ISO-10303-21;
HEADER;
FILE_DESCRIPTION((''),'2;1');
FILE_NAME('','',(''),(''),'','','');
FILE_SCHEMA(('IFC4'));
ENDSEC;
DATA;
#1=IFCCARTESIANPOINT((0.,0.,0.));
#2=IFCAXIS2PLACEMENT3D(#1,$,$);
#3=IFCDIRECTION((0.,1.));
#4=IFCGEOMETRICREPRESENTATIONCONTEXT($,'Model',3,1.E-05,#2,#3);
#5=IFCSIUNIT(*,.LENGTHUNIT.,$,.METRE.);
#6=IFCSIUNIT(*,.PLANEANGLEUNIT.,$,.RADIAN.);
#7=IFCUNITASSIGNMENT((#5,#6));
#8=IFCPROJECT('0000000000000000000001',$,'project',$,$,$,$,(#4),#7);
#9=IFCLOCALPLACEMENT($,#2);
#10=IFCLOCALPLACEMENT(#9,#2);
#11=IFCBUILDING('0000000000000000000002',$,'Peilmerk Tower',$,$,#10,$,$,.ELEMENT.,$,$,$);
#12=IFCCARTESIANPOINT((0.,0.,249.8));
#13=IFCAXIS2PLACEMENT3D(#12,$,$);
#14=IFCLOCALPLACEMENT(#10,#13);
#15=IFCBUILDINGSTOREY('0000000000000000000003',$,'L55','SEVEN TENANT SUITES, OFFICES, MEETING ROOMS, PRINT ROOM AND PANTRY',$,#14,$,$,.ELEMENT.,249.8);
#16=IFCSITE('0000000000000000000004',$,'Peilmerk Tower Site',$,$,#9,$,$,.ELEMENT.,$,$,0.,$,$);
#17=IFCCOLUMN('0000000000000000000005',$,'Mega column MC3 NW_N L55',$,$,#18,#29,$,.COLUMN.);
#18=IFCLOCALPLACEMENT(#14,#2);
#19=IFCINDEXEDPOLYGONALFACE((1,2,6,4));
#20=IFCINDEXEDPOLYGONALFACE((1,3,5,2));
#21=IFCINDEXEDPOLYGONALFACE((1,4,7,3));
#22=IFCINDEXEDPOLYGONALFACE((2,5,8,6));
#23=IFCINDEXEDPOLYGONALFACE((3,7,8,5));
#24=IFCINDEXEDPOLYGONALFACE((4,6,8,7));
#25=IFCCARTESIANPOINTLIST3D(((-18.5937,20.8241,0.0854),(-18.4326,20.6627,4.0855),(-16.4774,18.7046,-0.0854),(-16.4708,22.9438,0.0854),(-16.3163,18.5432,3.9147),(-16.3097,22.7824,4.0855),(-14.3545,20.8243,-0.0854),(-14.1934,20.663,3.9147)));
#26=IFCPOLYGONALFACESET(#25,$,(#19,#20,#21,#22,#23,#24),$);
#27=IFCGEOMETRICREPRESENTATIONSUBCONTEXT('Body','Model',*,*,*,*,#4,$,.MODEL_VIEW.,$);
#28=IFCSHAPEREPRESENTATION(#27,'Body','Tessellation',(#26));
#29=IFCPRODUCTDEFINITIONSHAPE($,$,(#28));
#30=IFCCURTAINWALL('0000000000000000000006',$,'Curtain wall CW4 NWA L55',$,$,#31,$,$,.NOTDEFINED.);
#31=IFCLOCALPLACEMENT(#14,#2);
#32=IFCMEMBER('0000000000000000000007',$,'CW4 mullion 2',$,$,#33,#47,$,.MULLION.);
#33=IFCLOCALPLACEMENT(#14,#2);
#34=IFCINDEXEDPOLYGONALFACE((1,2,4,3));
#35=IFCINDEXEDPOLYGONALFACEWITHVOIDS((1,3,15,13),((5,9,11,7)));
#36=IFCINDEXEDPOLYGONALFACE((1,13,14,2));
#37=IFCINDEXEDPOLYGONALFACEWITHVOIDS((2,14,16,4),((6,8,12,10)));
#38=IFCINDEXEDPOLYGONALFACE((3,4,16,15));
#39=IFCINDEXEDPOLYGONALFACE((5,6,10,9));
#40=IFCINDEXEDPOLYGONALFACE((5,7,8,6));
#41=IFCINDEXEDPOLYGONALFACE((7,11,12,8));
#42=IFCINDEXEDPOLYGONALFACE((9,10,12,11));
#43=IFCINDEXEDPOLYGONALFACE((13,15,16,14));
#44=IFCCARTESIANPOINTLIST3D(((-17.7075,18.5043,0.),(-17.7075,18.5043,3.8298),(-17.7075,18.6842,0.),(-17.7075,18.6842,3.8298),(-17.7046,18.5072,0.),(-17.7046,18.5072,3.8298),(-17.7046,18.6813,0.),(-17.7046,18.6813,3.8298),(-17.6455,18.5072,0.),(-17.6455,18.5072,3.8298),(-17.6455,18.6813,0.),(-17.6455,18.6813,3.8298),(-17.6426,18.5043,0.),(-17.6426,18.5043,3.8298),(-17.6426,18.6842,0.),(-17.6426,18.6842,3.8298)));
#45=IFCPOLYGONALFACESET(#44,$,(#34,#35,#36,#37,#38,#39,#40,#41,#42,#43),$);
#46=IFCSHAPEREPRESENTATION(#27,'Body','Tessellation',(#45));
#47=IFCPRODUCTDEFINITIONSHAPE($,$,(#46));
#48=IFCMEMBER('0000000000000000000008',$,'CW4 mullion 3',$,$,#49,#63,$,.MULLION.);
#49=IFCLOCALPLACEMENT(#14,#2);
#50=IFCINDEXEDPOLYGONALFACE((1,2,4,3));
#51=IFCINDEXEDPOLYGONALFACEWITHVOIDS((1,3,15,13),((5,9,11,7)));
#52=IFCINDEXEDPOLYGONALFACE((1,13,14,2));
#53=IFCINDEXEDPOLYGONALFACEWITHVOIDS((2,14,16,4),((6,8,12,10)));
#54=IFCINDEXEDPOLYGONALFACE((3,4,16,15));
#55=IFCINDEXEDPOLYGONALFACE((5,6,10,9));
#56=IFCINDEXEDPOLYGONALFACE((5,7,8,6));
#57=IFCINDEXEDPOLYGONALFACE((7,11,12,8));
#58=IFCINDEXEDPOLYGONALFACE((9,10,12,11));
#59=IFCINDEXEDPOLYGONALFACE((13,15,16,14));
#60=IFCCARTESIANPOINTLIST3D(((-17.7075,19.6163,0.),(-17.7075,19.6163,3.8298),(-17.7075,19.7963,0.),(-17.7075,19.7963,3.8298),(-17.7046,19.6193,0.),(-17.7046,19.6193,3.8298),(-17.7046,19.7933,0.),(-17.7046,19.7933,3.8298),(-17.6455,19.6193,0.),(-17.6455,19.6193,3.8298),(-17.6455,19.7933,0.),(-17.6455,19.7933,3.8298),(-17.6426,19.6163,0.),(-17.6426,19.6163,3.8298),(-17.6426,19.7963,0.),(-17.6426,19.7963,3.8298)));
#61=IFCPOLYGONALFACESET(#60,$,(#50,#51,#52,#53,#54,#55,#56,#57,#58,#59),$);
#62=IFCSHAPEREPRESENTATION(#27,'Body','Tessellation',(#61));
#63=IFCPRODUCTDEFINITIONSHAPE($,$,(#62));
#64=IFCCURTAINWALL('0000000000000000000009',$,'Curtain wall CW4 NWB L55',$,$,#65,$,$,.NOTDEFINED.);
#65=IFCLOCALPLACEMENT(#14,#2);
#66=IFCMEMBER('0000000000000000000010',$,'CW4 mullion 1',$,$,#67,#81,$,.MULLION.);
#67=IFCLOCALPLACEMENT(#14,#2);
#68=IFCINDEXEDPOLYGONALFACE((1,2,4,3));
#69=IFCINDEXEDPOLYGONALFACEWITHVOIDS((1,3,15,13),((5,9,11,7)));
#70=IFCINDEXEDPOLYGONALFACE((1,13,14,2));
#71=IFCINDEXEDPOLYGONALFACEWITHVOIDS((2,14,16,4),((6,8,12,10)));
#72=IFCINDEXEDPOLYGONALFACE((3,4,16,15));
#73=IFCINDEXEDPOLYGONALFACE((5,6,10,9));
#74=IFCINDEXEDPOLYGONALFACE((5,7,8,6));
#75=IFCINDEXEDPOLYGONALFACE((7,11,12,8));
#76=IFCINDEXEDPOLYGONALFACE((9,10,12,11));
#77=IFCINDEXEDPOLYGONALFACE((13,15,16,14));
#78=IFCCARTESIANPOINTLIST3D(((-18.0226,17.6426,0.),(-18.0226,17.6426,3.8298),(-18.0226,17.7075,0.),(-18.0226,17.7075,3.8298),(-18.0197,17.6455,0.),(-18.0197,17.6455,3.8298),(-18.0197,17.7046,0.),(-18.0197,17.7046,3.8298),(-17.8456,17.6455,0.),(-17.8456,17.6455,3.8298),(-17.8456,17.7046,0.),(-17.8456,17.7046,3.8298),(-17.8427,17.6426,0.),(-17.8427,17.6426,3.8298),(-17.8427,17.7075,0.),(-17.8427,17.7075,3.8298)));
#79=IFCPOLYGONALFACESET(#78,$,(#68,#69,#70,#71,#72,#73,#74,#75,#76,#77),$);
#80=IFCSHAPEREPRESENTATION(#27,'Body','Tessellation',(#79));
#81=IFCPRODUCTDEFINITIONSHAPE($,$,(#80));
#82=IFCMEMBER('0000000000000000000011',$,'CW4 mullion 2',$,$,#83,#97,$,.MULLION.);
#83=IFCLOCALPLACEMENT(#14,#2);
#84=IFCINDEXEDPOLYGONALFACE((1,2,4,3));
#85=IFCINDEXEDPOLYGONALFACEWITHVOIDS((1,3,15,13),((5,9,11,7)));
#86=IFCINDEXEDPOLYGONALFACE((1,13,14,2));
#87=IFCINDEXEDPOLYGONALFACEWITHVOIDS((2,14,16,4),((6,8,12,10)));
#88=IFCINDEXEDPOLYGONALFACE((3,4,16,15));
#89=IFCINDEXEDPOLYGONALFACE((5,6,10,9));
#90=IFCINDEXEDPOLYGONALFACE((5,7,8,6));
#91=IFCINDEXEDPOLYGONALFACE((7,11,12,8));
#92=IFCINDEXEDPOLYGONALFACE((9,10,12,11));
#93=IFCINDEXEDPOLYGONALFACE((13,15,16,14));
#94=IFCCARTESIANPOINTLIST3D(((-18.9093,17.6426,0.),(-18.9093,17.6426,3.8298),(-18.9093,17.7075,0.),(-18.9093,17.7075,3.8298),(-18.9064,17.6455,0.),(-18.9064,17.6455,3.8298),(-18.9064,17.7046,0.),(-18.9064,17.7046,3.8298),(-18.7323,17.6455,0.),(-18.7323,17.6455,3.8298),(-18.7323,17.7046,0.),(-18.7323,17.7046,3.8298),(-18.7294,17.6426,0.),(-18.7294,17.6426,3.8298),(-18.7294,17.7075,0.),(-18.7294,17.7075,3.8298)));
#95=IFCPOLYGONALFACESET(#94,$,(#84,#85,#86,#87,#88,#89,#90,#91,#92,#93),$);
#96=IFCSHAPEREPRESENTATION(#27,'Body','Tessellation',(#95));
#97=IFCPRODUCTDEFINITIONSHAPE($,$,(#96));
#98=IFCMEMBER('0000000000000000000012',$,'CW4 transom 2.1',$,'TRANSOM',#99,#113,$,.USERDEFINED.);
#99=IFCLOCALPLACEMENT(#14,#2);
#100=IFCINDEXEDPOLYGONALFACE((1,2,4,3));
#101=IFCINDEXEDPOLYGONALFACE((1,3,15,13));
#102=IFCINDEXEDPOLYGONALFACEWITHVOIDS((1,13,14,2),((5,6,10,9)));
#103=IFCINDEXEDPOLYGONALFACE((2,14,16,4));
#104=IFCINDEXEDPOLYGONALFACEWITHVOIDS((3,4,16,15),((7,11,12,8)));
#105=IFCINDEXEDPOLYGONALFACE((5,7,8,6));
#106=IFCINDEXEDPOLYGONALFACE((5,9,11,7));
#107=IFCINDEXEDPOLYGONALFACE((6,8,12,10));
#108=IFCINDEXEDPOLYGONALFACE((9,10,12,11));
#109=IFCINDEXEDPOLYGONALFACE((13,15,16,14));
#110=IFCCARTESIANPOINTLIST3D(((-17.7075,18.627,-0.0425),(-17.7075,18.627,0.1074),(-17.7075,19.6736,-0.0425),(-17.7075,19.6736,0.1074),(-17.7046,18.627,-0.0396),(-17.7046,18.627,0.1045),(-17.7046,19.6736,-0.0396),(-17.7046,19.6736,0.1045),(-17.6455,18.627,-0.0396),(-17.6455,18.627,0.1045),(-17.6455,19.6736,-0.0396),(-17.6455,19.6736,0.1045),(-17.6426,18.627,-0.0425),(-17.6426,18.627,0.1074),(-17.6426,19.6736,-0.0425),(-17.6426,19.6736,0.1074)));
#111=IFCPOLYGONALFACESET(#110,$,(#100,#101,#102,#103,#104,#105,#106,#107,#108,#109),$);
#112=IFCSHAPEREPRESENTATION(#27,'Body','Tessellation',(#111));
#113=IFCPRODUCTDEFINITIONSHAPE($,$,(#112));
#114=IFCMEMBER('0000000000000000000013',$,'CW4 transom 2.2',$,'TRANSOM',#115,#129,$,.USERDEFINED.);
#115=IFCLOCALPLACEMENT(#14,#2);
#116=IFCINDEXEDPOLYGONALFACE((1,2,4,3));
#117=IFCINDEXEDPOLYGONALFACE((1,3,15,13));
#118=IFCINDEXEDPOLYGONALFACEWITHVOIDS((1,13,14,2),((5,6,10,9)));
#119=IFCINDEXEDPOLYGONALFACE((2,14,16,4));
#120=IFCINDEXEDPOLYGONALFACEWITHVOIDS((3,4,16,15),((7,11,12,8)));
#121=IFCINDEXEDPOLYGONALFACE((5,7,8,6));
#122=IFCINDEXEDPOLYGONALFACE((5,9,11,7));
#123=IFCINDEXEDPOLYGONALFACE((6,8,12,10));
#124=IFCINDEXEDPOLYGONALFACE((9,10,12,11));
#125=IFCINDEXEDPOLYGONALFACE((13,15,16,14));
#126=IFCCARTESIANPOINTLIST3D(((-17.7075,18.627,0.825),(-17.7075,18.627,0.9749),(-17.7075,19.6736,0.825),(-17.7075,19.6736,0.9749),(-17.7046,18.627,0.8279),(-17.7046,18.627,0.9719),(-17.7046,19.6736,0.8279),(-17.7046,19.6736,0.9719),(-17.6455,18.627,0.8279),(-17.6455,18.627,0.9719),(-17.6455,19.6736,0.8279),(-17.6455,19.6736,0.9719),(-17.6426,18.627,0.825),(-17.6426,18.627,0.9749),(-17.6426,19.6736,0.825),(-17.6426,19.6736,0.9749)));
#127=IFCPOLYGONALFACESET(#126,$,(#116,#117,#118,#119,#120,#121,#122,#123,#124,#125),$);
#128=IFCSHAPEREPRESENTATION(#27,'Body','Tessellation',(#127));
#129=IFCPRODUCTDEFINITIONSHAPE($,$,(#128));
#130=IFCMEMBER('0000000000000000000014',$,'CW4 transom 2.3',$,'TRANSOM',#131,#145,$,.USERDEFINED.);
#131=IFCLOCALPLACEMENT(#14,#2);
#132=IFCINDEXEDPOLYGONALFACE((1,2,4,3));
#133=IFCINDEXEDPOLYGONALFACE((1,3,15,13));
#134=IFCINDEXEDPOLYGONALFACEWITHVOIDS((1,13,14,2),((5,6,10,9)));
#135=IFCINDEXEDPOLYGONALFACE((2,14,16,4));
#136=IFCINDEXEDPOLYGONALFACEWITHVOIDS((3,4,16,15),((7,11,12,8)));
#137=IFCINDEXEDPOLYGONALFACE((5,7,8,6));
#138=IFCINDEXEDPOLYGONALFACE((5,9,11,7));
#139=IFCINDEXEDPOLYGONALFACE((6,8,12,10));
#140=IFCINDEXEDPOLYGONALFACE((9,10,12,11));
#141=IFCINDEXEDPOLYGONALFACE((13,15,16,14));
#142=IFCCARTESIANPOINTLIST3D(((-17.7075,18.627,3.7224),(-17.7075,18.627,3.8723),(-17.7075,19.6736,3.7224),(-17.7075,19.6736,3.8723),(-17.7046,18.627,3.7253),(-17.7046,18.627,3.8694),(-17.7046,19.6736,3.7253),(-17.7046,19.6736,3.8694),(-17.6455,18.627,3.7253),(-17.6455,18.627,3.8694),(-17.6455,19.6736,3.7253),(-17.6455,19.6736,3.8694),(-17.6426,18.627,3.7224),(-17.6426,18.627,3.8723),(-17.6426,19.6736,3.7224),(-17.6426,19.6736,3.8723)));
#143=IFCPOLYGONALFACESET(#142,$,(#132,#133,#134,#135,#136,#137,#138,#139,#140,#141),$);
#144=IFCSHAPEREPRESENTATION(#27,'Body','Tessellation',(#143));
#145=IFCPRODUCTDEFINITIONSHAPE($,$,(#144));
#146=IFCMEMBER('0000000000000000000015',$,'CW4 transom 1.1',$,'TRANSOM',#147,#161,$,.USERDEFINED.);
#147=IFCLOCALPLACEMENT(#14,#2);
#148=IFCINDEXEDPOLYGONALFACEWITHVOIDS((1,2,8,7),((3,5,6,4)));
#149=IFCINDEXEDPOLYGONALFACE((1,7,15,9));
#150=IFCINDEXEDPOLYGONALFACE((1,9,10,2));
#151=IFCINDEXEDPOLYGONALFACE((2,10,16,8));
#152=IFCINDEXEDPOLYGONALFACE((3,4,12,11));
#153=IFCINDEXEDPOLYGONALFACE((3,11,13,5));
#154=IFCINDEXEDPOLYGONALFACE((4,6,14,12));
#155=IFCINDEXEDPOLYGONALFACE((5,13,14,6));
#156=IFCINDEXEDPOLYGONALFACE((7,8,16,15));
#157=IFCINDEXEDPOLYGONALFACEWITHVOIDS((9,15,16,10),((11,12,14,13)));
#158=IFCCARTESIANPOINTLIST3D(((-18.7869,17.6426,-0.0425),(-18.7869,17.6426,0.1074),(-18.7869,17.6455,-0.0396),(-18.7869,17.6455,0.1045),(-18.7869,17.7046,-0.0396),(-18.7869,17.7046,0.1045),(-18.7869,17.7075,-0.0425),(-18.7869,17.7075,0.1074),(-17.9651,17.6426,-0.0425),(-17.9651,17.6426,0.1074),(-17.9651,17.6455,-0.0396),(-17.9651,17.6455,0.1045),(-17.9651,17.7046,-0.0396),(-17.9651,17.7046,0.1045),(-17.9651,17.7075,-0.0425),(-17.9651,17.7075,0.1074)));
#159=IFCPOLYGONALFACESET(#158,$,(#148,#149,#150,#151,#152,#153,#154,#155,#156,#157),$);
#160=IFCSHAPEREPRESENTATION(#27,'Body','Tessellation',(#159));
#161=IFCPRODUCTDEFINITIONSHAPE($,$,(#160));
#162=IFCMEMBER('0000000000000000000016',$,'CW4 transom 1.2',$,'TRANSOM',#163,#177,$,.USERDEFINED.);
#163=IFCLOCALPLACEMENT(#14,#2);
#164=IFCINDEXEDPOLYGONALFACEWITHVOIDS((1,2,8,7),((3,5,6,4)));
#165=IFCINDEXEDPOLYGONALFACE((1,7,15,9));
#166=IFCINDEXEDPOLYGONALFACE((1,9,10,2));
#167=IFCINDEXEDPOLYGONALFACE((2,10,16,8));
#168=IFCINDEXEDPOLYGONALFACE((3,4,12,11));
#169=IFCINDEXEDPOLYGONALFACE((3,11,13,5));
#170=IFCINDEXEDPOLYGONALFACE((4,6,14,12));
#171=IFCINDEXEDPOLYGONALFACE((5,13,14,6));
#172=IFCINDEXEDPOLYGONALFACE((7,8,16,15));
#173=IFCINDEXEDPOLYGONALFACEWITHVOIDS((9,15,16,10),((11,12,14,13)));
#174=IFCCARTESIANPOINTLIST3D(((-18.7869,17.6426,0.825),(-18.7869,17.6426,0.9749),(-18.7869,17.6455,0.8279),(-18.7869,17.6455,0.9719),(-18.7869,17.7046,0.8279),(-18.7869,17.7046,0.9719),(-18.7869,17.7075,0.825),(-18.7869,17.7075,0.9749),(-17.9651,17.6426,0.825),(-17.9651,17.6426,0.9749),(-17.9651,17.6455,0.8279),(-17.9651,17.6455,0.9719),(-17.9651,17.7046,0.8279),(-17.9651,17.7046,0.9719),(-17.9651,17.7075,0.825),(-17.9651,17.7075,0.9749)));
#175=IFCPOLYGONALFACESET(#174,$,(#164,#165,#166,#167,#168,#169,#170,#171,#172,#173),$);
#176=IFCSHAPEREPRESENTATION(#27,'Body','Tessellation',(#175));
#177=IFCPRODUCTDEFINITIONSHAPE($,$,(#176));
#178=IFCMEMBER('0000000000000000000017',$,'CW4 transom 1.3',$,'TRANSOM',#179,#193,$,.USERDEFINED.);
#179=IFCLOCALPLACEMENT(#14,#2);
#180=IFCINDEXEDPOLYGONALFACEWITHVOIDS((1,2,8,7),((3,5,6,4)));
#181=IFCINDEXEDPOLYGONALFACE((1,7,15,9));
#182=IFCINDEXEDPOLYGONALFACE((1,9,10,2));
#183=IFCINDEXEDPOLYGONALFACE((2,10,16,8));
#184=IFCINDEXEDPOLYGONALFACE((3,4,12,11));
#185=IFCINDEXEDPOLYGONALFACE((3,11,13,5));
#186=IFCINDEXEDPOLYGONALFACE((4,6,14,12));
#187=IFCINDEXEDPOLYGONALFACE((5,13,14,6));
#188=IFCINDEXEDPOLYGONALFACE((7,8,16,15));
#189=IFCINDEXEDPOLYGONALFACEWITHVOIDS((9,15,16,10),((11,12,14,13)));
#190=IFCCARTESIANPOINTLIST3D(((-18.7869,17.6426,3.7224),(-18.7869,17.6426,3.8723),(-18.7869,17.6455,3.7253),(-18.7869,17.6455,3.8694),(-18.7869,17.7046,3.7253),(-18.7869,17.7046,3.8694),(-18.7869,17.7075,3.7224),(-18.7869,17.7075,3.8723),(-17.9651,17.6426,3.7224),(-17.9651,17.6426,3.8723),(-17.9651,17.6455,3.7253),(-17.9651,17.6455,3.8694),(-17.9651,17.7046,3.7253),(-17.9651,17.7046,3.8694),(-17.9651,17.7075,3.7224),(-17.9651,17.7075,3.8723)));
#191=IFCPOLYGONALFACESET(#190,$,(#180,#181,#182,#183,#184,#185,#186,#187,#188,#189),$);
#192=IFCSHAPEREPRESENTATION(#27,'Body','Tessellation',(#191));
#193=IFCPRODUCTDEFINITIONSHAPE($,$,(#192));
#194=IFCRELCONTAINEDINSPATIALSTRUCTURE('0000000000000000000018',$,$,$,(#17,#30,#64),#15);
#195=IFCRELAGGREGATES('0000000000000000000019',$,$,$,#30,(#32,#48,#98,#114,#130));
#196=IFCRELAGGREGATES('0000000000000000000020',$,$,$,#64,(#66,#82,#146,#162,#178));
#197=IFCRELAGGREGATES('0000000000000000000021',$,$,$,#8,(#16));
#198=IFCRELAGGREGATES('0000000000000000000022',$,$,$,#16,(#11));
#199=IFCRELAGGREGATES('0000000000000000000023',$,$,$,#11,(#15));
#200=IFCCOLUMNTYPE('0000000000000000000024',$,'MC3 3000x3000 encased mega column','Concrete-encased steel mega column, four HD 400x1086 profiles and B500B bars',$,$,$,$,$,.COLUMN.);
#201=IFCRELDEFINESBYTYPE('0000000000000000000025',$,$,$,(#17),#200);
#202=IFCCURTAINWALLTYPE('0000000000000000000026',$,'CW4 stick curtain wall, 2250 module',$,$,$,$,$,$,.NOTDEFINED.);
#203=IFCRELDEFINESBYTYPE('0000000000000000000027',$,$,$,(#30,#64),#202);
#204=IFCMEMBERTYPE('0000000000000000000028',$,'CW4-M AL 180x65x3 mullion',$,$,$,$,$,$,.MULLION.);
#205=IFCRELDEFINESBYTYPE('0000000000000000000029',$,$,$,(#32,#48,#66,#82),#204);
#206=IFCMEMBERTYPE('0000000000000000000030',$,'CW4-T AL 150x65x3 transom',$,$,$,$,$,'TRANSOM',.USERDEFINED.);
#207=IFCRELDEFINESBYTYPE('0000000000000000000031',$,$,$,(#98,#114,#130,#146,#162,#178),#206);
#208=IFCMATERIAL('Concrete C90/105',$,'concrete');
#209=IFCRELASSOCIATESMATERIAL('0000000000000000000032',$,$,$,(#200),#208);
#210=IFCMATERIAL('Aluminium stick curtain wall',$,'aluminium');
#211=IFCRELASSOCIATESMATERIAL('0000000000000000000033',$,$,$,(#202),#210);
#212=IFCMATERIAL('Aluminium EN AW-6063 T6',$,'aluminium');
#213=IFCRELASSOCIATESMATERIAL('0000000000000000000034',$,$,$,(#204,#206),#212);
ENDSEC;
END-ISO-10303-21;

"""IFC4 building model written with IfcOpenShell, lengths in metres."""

from ifc_helpers import new_model, si_unit, direction, frame, origin, origin_2d, place, context, subcontext, project, spatial, rectangle, hollow_rectangle, extrude, material, material_profile, profile_set, type_object, element, aggregate, save


model = new_model("IFC4")

# Units and contexts
model_context = context("Model", 3, precision=1e-05, world=origin(), true_north=direction((0.0, 1.0)))
body_context = subcontext(model_context, "Body", "Model", "MODEL_VIEW")
ifc_project = project(units=[si_unit("LENGTHUNIT", "METRE"), si_unit("PLANEANGLEUNIT", "RADIAN")], contexts=[model_context])

# Site, building, storey
site_placement = place(None, origin())
site = spatial("IfcSite", under=ifc_project, at=site_placement, Name="Peilmerk Tower Site", CompositionType="ELEMENT", RefElevation=0.0)
building_placement = place(site_placement, origin())
building = spatial("IfcBuilding", under=site, at=building_placement, Name="Peilmerk Tower", CompositionType="ELEMENT")
storey_placement = place(building_placement, frame((0.0, 0.0, 249.8)))
storey = spatial("IfcBuildingStorey", under=building, at=storey_placement, Name="L55", Description="SEVEN TENANT SUITES, OFFICES, MEETING ROOMS, PRINT ROOM AND PANTRY", CompositionType="ELEMENT", Elevation=249.8)

# Column
ifc_material_1 = material(Name="Concrete C90/105", Category="concrete")
ifc_material_profile_1 = material_profile(ifc_material_1, rectangle(XDim=3.0, YDim=3.0, at=origin_2d()), Name="RC 3000x3000")
ifc_profile_set_1 = profile_set([ifc_material_profile_1], Name="Concrete C90/105")
column_type = type_object("IfcColumnType", Name="MC3 3000x3000 encased mega column", Description="Concrete-encased steel mega column, four HD 400x1086 profiles and B500B bars", PredefinedType="COLUMN", material=ifc_profile_set_1)
column_placement = place(storey_placement, frame((-16.4741, 20.8242, 0.0), z_axis=(0.040218, -0.040279, 0.998379), x_axis=(0.707642, 0.706571, 0.0)))
element("IfcColumn", 1, at=column_placement, inside=storey, type_object=column_type, Name="Mega column MC3 NW_N L55", PredefinedType="COLUMN", context=body_context, shape_type="SweptSolid", body=[
    extrude(rectangle(XDim=3.0, YDim=3.0, at=origin_2d()), origin(), (0.0, 0.0, 1.0), 4.0066),
])

# Curtain walls, members
ifc_material_2 = material(Name="Aluminium stick curtain wall", Category="aluminium")
curtain_wall_type = type_object("IfcCurtainWallType", Name="CW4 stick curtain wall, 2250 module", PredefinedType="NOTDEFINED", material=ifc_material_2)
curtain_wall_1_placement = place(storey_placement, origin())
curtain_wall_1 = element("IfcCurtainWall", 2, at=curtain_wall_1_placement, inside=storey, type_object=curtain_wall_type, Name="Curtain wall CW4 NWA L55", PredefinedType="NOTDEFINED")
ifc_material_3 = material(Name="Aluminium EN AW-6063 T6", Category="aluminium")
ifc_material_profile_2 = material_profile(ifc_material_3, hollow_rectangle(XDim=0.0649, YDim=0.1799, WallThickness=0.0029, at=origin_2d()), Name="AL 180x65x3")
ifc_profile_set_2 = profile_set([ifc_material_profile_2], Name="Aluminium EN AW-6063 T6")
member_type_1 = type_object("IfcMemberType", Name="CW4-M AL 180x65x3 mullion", PredefinedType="MULLION", material=ifc_profile_set_2)
member_1_placement = place(storey_placement, frame((-17.675, 18.5942, 0.0), z_axis=(0.0, 0.0, 1.0), x_axis=(-1.0, 0.0, 0.0)))
member_1 = element("IfcMember", 3, at=member_1_placement, type_object=member_type_1, Name="CW4 mullion 2", PredefinedType="MULLION", context=body_context, shape_type="SweptSolid", body=[
    extrude(hollow_rectangle(XDim=0.0649, YDim=0.1799, WallThickness=0.0029, at=origin_2d()), origin(), (0.0, 0.0, 1.0), 3.8298),
])
member_2_placement = place(storey_placement, frame((-17.675, 19.7063, 0.0), z_axis=(0.0, 0.0, 1.0), x_axis=(-1.0, 0.0, 0.0)))
member_2 = element("IfcMember", 4, at=member_2_placement, type_object=member_type_1, Name="CW4 mullion 3", PredefinedType="MULLION", context=body_context, shape_type="SweptSolid", body=[
    extrude(hollow_rectangle(XDim=0.0649, YDim=0.1799, WallThickness=0.0029, at=origin_2d()), origin(), (0.0, 0.0, 1.0), 3.8298),
])
curtain_wall_2_placement = place(storey_placement, origin())
curtain_wall_2 = element("IfcCurtainWall", 5, at=curtain_wall_2_placement, inside=storey, type_object=curtain_wall_type, Name="Curtain wall CW4 NWB L55", PredefinedType="NOTDEFINED")
member_3_placement = place(storey_placement, frame((-17.9326, 17.675, 0.0), z_axis=(0.0, 0.0, 1.0), x_axis=(0.0, -1.0, 0.0)))
member_3 = element("IfcMember", 6, at=member_3_placement, type_object=member_type_1, Name="CW4 mullion 1", PredefinedType="MULLION", context=body_context, shape_type="SweptSolid", body=[
    extrude(hollow_rectangle(XDim=0.0649, YDim=0.1799, WallThickness=0.0029, at=origin_2d()), origin(), (0.0, 0.0, 1.0), 3.8298),
])
member_4_placement = place(storey_placement, frame((-18.8193, 17.675, 0.0), z_axis=(0.0, 0.0, 1.0), x_axis=(0.0, -1.0, 0.0)))
member_4 = element("IfcMember", 7, at=member_4_placement, type_object=member_type_1, Name="CW4 mullion 2", PredefinedType="MULLION", context=body_context, shape_type="SweptSolid", body=[
    extrude(hollow_rectangle(XDim=0.0649, YDim=0.1799, WallThickness=0.0029, at=origin_2d()), origin(), (0.0, 0.0, 1.0), 3.8298),
])

# Members
ifc_material_profile_3 = material_profile(ifc_material_3, hollow_rectangle(XDim=0.0649, YDim=0.1499, WallThickness=0.0029, at=origin_2d()), Name="AL 150x65x3")
ifc_profile_set_3 = profile_set([ifc_material_profile_3], Name="Aluminium EN AW-6063 T6")
member_type_2 = type_object("IfcMemberType", Name="CW4-T AL 150x65x3 transom", ElementType="TRANSOM", PredefinedType="USERDEFINED", material=ifc_profile_set_3)
member_5_placement = place(storey_placement, frame((-17.675, 18.627, 0.0325), z_axis=(0.0, 1.0, 0.0), x_axis=(-1.0, 0.0, 0.0)))
member_5 = element("IfcMember", 8, at=member_5_placement, type_object=member_type_2, Name="CW4 transom 2.1", ObjectType="TRANSOM", PredefinedType="USERDEFINED", context=body_context, shape_type="SweptSolid", body=[
    extrude(hollow_rectangle(XDim=0.0649, YDim=0.1499, WallThickness=0.0029, at=origin_2d()), origin(), (0.0, 0.0, 1.0), 1.0466),
])
member_6_placement = place(storey_placement, frame((-17.675, 18.627, 0.8999), z_axis=(0.0, 1.0, 0.0), x_axis=(-1.0, 0.0, 0.0)))
member_6 = element("IfcMember", 9, at=member_6_placement, type_object=member_type_2, Name="CW4 transom 2.2", ObjectType="TRANSOM", PredefinedType="USERDEFINED", context=body_context, shape_type="SweptSolid", body=[
    extrude(hollow_rectangle(XDim=0.0649, YDim=0.1499, WallThickness=0.0029, at=origin_2d()), origin(), (0.0, 0.0, 1.0), 1.0466),
])
member_7_placement = place(storey_placement, frame((-17.675, 18.627, 3.7974), z_axis=(0.0, 1.0, 0.0), x_axis=(-1.0, 0.0, 0.0)))
member_7 = element("IfcMember", 10, at=member_7_placement, type_object=member_type_2, Name="CW4 transom 2.3", ObjectType="TRANSOM", PredefinedType="USERDEFINED", context=body_context, shape_type="SweptSolid", body=[
    extrude(hollow_rectangle(XDim=0.0649, YDim=0.1499, WallThickness=0.0029, at=origin_2d()), origin(), (0.0, 0.0, 1.0), 1.0466),
])
member_8_placement = place(storey_placement, frame((-17.9651, 17.675, 0.0325), z_axis=(-1.0, 0.0, 0.0), x_axis=(0.0, -1.0, 0.0)))
member_8 = element("IfcMember", 11, at=member_8_placement, type_object=member_type_2, Name="CW4 transom 1.1", ObjectType="TRANSOM", PredefinedType="USERDEFINED", context=body_context, shape_type="SweptSolid", body=[
    extrude(hollow_rectangle(XDim=0.0649, YDim=0.1499, WallThickness=0.0029, at=origin_2d()), origin(), (0.0, 0.0, 1.0), 0.8218),
])
member_9_placement = place(storey_placement, frame((-17.9651, 17.675, 0.8999), z_axis=(-1.0, 0.0, 0.0), x_axis=(0.0, -1.0, 0.0)))
member_9 = element("IfcMember", 12, at=member_9_placement, type_object=member_type_2, Name="CW4 transom 1.2", ObjectType="TRANSOM", PredefinedType="USERDEFINED", context=body_context, shape_type="SweptSolid", body=[
    extrude(hollow_rectangle(XDim=0.0649, YDim=0.1499, WallThickness=0.0029, at=origin_2d()), origin(), (0.0, 0.0, 1.0), 0.8218),
])
member_10_placement = place(storey_placement, frame((-17.9651, 17.675, 3.7974), z_axis=(-1.0, 0.0, 0.0), x_axis=(0.0, -1.0, 0.0)))
member_10 = element("IfcMember", 13, at=member_10_placement, type_object=member_type_2, Name="CW4 transom 1.3", ObjectType="TRANSOM", PredefinedType="USERDEFINED", context=body_context, shape_type="SweptSolid", body=[
    extrude(hollow_rectangle(XDim=0.0649, YDim=0.1499, WallThickness=0.0029, at=origin_2d()), origin(), (0.0, 0.0, 1.0), 0.8218),
])

aggregate(curtain_wall_1, [member_1, member_2, member_5, member_6, member_7])
aggregate(curtain_wall_2, [member_3, member_4, member_8, member_9, member_10])

save(model, "model.ifc")
